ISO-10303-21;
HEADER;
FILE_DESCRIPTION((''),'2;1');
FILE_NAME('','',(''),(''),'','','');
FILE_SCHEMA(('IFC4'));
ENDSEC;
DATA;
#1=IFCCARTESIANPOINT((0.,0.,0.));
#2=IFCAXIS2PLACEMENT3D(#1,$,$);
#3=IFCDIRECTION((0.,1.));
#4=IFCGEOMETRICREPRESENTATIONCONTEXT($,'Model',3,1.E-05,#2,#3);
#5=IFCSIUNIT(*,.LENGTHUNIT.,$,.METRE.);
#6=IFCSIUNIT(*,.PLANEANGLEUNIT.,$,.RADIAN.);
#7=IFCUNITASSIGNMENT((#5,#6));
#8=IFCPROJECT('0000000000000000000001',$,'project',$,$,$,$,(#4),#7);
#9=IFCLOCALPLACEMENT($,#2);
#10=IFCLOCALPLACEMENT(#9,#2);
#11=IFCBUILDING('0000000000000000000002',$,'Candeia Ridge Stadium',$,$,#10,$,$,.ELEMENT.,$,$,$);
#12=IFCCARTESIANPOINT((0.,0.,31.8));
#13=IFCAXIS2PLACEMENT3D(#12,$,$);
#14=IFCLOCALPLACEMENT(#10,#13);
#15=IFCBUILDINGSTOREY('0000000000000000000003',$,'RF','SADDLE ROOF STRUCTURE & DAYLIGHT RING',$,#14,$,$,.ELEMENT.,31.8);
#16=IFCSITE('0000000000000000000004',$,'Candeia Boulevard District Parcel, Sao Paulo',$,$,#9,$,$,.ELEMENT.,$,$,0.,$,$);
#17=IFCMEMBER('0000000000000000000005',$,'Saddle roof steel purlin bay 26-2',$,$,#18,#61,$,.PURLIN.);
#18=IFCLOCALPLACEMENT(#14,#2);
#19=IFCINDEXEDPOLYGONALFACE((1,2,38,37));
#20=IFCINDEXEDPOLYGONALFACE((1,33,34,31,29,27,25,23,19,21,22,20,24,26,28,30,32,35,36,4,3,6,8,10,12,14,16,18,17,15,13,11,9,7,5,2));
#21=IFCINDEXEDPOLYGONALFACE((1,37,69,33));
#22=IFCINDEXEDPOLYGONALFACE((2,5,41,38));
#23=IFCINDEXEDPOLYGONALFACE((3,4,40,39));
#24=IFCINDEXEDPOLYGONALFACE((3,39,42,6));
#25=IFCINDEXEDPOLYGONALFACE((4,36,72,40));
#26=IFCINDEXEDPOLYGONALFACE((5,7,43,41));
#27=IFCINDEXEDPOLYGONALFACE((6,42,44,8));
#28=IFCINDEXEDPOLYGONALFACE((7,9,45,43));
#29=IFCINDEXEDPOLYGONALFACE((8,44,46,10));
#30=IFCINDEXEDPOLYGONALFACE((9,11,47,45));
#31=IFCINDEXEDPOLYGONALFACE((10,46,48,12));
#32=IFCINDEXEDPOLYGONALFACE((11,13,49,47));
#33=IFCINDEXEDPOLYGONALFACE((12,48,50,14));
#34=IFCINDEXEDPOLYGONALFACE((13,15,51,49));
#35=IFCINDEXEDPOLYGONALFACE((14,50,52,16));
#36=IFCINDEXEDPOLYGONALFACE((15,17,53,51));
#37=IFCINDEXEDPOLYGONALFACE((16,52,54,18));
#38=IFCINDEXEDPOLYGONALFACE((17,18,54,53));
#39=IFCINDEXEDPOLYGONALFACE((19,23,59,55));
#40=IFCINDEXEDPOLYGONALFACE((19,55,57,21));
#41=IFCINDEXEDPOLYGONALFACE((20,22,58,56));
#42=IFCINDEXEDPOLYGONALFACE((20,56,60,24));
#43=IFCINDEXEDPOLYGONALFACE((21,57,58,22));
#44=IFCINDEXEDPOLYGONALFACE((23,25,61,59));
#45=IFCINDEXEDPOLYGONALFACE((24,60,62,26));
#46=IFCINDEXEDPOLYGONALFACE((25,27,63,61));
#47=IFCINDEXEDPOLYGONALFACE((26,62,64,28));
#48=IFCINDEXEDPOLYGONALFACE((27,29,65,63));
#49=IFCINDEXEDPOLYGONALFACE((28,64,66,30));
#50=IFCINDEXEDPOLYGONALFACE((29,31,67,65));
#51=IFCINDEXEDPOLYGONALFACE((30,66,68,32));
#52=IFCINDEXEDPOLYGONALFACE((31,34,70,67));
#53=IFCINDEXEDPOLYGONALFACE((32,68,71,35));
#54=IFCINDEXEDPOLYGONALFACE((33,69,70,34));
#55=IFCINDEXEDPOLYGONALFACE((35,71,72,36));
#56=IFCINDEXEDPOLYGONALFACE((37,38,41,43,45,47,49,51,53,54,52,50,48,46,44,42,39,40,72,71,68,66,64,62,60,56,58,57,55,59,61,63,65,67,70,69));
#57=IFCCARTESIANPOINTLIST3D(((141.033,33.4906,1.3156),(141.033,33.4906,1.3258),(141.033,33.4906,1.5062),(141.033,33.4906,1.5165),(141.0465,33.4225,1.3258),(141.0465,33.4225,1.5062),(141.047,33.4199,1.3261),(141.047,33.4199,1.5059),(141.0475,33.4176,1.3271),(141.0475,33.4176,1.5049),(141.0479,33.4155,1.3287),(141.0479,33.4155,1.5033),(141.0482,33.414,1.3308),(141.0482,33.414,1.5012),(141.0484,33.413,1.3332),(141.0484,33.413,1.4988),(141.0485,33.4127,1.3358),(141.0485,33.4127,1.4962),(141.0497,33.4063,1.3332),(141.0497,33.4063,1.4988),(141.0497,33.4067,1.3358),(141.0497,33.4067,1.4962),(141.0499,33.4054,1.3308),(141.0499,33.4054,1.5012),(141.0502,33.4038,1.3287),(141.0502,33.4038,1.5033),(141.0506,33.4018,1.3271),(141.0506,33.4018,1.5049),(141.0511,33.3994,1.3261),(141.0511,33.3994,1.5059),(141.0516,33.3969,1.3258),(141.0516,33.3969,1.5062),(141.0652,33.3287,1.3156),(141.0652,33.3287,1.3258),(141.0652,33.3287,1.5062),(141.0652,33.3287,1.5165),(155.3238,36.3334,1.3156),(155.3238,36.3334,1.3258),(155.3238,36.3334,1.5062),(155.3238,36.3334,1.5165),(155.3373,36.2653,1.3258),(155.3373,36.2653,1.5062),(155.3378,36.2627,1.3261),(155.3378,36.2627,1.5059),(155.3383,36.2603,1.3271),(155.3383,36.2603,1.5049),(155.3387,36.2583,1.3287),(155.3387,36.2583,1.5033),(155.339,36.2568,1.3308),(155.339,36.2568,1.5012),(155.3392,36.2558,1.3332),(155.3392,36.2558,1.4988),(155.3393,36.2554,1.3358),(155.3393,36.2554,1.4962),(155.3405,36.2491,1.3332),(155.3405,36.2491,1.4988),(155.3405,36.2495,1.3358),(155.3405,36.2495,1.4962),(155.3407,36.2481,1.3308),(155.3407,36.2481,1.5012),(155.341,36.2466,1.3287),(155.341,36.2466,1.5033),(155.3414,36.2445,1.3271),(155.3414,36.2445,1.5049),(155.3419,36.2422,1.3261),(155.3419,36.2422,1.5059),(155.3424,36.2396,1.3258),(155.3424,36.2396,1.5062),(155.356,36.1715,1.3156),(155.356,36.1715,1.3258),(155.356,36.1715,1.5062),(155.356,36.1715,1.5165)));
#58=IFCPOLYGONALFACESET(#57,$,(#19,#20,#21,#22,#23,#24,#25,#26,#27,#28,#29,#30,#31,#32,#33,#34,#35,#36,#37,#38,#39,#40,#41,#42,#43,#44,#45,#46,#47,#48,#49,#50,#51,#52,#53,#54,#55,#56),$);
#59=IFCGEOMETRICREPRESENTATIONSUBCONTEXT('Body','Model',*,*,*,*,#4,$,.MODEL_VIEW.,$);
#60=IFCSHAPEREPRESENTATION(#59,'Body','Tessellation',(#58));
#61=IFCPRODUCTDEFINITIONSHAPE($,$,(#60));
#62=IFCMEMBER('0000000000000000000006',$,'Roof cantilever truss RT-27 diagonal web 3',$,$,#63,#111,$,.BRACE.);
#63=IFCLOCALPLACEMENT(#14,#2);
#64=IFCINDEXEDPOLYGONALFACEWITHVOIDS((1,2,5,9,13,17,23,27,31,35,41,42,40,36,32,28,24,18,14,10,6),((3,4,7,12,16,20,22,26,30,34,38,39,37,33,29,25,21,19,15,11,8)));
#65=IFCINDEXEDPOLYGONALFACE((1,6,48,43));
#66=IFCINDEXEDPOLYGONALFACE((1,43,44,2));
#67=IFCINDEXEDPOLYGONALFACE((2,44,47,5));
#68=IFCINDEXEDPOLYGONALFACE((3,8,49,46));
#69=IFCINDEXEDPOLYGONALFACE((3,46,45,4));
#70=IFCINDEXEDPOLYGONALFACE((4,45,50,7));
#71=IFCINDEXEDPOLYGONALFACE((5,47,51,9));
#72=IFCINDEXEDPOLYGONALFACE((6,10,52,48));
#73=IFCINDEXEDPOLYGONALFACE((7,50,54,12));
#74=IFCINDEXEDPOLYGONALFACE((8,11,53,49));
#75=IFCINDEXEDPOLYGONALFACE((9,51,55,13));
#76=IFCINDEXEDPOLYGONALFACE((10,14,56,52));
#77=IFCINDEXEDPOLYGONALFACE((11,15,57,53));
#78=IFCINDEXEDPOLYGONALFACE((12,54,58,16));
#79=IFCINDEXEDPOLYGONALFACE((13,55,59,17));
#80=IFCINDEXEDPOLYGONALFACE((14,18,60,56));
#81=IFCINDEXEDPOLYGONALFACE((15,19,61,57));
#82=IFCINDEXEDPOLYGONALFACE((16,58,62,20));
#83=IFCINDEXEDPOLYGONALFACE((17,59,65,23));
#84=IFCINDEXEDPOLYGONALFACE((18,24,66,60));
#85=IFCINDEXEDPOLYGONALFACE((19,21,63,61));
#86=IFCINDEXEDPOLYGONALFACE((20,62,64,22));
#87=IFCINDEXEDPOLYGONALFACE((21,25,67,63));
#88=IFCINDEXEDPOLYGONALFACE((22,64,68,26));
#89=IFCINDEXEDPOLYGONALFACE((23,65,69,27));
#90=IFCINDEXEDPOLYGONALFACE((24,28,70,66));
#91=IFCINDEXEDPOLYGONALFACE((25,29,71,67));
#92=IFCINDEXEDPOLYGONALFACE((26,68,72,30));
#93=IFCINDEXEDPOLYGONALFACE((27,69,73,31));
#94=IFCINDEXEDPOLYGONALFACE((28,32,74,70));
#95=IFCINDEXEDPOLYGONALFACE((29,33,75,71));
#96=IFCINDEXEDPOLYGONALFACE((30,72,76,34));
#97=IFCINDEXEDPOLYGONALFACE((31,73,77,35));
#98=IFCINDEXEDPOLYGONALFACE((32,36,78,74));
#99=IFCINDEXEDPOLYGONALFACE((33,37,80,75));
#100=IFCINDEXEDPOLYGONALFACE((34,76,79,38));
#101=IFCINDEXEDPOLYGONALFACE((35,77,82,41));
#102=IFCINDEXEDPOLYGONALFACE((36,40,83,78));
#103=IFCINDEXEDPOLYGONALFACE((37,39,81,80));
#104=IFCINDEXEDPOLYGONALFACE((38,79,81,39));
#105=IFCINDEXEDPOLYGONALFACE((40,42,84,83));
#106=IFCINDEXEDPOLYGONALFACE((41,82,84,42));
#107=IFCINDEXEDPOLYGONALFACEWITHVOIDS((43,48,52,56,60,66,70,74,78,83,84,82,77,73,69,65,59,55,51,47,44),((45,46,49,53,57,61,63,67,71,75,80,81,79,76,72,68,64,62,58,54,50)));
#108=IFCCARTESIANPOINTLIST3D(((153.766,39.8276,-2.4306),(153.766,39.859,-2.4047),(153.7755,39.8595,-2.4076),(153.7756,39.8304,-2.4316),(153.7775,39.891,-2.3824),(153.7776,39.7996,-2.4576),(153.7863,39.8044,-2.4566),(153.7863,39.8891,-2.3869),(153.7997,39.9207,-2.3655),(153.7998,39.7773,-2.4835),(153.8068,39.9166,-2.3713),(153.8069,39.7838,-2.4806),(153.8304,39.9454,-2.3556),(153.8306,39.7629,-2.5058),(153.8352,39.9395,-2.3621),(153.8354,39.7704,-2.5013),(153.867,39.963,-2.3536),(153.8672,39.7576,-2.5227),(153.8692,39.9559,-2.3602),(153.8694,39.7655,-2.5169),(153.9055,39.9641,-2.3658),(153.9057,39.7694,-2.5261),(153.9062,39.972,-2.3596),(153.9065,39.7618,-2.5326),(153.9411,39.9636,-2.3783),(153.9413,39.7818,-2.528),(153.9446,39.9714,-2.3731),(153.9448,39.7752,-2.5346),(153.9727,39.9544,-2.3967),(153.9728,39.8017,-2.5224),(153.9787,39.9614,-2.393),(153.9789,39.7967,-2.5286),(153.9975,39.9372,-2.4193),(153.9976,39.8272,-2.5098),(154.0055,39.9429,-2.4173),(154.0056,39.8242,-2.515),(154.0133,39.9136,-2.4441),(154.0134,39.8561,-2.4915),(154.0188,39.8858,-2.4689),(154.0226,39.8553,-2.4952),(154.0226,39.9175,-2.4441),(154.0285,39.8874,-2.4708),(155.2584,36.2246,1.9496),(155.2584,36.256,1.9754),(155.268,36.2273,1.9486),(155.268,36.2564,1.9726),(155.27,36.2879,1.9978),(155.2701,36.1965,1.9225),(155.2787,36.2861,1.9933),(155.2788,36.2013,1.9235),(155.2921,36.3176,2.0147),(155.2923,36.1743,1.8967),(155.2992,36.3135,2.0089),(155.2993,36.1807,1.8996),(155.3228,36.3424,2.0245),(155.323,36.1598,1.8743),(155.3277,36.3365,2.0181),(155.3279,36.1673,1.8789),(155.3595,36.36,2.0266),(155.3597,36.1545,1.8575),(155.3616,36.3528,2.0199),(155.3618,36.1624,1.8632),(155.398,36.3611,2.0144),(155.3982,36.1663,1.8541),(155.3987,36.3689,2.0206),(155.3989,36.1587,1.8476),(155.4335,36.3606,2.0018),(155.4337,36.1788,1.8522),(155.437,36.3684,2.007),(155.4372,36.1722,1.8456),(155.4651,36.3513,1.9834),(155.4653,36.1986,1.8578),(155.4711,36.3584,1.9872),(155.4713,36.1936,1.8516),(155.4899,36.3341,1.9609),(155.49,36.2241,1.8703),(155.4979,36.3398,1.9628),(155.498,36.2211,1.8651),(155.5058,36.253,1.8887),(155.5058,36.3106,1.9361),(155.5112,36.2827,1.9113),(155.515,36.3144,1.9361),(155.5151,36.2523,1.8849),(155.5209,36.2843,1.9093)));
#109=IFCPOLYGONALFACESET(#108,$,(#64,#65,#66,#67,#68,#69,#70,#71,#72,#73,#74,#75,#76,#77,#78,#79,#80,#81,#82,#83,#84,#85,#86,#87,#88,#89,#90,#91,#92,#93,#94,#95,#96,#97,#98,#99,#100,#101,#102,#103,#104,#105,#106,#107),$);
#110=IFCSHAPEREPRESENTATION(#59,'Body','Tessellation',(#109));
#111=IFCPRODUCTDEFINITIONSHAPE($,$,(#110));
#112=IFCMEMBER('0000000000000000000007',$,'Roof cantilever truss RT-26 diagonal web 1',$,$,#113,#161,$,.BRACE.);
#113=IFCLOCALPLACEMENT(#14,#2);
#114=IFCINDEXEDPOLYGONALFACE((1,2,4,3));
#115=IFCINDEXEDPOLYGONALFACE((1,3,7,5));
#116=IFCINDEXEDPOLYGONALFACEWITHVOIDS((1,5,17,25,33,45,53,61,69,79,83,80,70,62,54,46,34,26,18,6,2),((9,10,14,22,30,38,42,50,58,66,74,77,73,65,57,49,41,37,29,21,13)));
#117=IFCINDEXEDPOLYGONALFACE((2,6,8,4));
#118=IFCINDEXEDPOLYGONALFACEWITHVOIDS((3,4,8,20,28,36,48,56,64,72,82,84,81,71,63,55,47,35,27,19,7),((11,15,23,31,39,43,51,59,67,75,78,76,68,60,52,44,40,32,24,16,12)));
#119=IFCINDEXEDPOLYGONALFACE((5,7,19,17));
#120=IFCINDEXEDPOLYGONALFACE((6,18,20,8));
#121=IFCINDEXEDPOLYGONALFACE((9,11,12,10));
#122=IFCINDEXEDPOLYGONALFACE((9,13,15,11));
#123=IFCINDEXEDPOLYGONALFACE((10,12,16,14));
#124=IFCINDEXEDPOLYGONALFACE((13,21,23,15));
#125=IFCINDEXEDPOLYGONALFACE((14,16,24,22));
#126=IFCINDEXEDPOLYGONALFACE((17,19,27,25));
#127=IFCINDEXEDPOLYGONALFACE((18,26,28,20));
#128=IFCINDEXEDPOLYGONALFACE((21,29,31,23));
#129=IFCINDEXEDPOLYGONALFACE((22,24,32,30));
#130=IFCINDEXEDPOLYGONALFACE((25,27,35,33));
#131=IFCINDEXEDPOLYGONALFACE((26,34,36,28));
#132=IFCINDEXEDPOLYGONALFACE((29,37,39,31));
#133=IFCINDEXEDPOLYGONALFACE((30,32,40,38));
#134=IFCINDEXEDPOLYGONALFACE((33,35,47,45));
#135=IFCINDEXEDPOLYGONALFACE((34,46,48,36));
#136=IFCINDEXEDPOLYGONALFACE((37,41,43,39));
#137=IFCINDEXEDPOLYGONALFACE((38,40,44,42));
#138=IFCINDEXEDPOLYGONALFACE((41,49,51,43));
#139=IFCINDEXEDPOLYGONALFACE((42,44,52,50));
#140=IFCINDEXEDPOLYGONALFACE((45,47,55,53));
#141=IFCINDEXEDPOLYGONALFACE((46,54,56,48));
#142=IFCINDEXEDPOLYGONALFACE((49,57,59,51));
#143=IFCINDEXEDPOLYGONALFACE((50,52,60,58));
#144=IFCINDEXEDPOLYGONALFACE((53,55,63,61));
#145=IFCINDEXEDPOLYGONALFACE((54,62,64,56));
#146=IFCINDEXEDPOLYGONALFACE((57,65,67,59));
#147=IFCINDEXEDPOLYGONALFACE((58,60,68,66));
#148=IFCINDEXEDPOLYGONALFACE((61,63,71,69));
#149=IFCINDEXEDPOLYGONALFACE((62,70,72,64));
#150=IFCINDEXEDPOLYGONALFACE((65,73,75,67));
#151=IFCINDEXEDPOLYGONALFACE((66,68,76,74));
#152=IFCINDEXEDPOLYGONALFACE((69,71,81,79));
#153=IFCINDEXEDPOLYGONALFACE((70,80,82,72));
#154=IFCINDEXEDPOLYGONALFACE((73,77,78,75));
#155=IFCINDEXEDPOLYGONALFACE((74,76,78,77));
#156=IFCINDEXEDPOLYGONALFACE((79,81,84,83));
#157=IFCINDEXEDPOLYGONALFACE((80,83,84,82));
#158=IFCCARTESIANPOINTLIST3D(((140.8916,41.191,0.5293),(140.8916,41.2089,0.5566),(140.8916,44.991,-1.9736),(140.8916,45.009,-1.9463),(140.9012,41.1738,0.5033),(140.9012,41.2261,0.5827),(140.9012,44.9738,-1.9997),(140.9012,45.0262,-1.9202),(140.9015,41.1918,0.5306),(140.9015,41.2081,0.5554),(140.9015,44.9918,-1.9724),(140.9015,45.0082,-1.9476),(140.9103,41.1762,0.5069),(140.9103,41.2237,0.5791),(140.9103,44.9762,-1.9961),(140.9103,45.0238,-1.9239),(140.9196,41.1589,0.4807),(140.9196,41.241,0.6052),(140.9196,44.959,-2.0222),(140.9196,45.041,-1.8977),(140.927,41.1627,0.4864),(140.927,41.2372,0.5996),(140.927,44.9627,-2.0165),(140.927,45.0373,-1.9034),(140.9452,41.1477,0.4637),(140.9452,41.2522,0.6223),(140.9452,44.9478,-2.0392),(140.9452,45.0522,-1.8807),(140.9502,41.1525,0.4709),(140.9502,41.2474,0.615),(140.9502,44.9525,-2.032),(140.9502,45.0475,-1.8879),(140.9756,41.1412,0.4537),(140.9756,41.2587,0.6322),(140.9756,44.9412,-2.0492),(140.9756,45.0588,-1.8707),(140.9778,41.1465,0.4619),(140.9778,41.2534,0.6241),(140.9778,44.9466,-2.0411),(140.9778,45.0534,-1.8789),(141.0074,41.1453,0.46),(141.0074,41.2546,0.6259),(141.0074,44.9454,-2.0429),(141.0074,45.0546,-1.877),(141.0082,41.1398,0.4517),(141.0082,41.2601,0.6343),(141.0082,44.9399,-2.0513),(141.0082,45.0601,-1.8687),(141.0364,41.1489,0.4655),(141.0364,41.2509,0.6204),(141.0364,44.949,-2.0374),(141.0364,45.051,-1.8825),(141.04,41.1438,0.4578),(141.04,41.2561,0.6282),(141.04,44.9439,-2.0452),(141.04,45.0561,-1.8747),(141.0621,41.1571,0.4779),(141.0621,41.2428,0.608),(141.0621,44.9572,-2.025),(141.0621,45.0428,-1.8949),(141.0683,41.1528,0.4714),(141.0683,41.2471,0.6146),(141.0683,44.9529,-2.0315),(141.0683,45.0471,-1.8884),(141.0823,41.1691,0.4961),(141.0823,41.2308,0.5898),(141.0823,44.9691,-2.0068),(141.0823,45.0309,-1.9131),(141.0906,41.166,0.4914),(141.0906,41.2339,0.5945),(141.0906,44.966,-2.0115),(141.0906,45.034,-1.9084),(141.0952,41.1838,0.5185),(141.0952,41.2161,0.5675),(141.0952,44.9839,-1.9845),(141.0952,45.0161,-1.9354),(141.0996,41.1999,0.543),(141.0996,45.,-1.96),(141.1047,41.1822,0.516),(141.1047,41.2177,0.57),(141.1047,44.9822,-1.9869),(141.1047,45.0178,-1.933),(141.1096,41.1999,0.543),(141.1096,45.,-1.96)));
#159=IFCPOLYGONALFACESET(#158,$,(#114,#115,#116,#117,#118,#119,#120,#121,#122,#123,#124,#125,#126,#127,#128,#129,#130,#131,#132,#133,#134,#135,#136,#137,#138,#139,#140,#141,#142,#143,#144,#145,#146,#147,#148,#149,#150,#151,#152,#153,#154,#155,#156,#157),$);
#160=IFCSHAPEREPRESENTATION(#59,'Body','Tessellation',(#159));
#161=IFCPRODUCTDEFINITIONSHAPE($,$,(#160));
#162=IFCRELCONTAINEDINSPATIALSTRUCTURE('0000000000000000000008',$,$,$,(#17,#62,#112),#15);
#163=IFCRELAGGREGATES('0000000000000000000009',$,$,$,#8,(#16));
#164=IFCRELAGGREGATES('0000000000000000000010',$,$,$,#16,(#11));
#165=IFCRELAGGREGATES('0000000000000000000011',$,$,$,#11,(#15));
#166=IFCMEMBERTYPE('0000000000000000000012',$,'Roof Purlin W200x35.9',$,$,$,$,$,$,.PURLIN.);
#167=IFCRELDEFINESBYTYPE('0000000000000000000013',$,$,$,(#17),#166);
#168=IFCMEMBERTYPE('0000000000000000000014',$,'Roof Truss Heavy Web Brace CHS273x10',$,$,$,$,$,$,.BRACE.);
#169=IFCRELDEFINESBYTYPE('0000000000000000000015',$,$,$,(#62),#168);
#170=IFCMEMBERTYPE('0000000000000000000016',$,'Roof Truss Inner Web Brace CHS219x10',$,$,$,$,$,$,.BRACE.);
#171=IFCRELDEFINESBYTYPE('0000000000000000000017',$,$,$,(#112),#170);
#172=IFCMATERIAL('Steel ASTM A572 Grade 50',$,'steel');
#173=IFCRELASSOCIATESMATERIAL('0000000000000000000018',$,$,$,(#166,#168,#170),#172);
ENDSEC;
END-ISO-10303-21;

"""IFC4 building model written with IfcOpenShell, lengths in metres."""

from ifc_helpers import new_model, si_unit, direction, frame, origin, origin_2d, place, context, subcontext, project, spatial, hollow_circle, i_section, extrude, material, material_profile, profile_set, type_object, element, save


model = new_model("IFC4")

# Units and contexts
model_context = context("Model", 3, precision=1e-05, world=origin(), true_north=direction((0.0, 1.0)))
body_context = subcontext(model_context, "Body", "Model", "MODEL_VIEW")
ifc_project = project(units=[si_unit("LENGTHUNIT", "METRE"), si_unit("PLANEANGLEUNIT", "RADIAN")], contexts=[model_context])

# Site, building, storey
site_placement = place(None, origin())
site = spatial("IfcSite", under=ifc_project, at=site_placement, Name="Candeia Boulevard District Parcel, Sao Paulo", CompositionType="ELEMENT", RefElevation=0.0)
building_placement = place(site_placement, origin())
building = spatial("IfcBuilding", under=site, at=building_placement, Name="Candeia Ridge Stadium", CompositionType="ELEMENT")
storey_placement = place(building_placement, frame((0.0, 0.0, 31.8)))
storey = spatial("IfcBuildingStorey", under=building, at=storey_placement, Name="RF", Description="SADDLE ROOF STRUCTURE & DAYLIGHT RING", CompositionType="ELEMENT", Elevation=31.8)

# Shared definitions
ifc_material_1 = material(Name="Steel ASTM A572 Grade 50", Category="steel")

# Members
ifc_material_profile_1 = material_profile(ifc_material_1, i_section(OverallWidth=0.165, OverallDepth=0.2009, WebThickness=0.0061, FlangeThickness=0.0103, FilletRadius=0.01, at=origin_2d()), Name="W200x35.9", Category="steel")
ifc_profile_set_1 = profile_set([ifc_material_profile_1], Name="Steel ASTM A572 Grade 50")
member_type_1 = type_object("IfcMemberType", Name="Roof Purlin W200x35.9", PredefinedType="PURLIN", material=ifc_profile_set_1)
member_1_placement = place(storey_placement, frame((141.0491, 33.4097, 1.416), z_axis=(0.980783, 0.195101, 0.0), x_axis=(-0.195101, 0.980783, 0.0)))
element("IfcMember", 1, at=member_1_placement, inside=storey, type_object=member_type_1, Name="Saddle roof steel purlin bay 26-2", PredefinedType="PURLIN", context=body_context, shape_type="SweptSolid", body=[
    extrude(i_section(OverallWidth=0.165, OverallDepth=0.2009, WebThickness=0.0061, FlangeThickness=0.0103, FilletRadius=0.01, at=origin_2d()), origin(), (0.0, 0.0, 1.0), 14.5708),
])
ifc_material_profile_2 = material_profile(ifc_material_1, hollow_circle(Radius=0.1365, WallThickness=0.01, at=origin_2d()), Name="CHS273x10", Category="steel")
ifc_profile_set_2 = profile_set([ifc_material_profile_2], Name="Steel ASTM A572 Grade 50")
member_type_2 = type_object("IfcMemberType", Name="Roof Truss Heavy Web Brace CHS273x10", PredefinedType="BRACE", material=ifc_profile_set_2)
member_2_placement = place(storey_placement, frame((153.8965, 39.8652, -2.4441), z_axis=(0.254477, -0.614359, 0.746863), x_axis=(0.923879, 0.382685, 0.0)))
element("IfcMember", 2, at=member_2_placement, inside=storey, type_object=member_type_2, Name="Roof cantilever truss RT-27 diagonal web 3", PredefinedType="BRACE", context=body_context, shape_type="SweptSolid", body=[
    extrude(hollow_circle(Radius=0.1365, WallThickness=0.01, at=origin_2d()), origin(), (0.0, 0.0, 1.0), 5.8647),
])
ifc_material_profile_3 = material_profile(ifc_material_1, hollow_circle(Radius=0.1096, WallThickness=0.01, at=origin_2d()), Name="CHS219x10", Category="steel")
ifc_profile_set_3 = profile_set([ifc_material_profile_3], Name="Steel ASTM A572 Grade 50")
member_type_3 = type_object("IfcMemberType", Name="Roof Truss Inner Web Brace CHS219x10", PredefinedType="BRACE", material=ifc_profile_set_3)
member_3_placement = place(storey_placement, frame((141.0, 45.0, -1.96), z_axis=(0.0, -0.835125, 0.550061), x_axis=(1.0, 0.0, 0.0)))
element("IfcMember", 3, at=member_3_placement, inside=storey, type_object=member_type_3, Name="Roof cantilever truss RT-26 diagonal web 1", PredefinedType="BRACE", context=body_context, shape_type="SweptSolid", body=[
    extrude(hollow_circle(Radius=0.1096, WallThickness=0.01, at=origin_2d()), origin(), (0.0, 0.0, 1.0), 4.5503),
])

save(model, "model.ifc")
